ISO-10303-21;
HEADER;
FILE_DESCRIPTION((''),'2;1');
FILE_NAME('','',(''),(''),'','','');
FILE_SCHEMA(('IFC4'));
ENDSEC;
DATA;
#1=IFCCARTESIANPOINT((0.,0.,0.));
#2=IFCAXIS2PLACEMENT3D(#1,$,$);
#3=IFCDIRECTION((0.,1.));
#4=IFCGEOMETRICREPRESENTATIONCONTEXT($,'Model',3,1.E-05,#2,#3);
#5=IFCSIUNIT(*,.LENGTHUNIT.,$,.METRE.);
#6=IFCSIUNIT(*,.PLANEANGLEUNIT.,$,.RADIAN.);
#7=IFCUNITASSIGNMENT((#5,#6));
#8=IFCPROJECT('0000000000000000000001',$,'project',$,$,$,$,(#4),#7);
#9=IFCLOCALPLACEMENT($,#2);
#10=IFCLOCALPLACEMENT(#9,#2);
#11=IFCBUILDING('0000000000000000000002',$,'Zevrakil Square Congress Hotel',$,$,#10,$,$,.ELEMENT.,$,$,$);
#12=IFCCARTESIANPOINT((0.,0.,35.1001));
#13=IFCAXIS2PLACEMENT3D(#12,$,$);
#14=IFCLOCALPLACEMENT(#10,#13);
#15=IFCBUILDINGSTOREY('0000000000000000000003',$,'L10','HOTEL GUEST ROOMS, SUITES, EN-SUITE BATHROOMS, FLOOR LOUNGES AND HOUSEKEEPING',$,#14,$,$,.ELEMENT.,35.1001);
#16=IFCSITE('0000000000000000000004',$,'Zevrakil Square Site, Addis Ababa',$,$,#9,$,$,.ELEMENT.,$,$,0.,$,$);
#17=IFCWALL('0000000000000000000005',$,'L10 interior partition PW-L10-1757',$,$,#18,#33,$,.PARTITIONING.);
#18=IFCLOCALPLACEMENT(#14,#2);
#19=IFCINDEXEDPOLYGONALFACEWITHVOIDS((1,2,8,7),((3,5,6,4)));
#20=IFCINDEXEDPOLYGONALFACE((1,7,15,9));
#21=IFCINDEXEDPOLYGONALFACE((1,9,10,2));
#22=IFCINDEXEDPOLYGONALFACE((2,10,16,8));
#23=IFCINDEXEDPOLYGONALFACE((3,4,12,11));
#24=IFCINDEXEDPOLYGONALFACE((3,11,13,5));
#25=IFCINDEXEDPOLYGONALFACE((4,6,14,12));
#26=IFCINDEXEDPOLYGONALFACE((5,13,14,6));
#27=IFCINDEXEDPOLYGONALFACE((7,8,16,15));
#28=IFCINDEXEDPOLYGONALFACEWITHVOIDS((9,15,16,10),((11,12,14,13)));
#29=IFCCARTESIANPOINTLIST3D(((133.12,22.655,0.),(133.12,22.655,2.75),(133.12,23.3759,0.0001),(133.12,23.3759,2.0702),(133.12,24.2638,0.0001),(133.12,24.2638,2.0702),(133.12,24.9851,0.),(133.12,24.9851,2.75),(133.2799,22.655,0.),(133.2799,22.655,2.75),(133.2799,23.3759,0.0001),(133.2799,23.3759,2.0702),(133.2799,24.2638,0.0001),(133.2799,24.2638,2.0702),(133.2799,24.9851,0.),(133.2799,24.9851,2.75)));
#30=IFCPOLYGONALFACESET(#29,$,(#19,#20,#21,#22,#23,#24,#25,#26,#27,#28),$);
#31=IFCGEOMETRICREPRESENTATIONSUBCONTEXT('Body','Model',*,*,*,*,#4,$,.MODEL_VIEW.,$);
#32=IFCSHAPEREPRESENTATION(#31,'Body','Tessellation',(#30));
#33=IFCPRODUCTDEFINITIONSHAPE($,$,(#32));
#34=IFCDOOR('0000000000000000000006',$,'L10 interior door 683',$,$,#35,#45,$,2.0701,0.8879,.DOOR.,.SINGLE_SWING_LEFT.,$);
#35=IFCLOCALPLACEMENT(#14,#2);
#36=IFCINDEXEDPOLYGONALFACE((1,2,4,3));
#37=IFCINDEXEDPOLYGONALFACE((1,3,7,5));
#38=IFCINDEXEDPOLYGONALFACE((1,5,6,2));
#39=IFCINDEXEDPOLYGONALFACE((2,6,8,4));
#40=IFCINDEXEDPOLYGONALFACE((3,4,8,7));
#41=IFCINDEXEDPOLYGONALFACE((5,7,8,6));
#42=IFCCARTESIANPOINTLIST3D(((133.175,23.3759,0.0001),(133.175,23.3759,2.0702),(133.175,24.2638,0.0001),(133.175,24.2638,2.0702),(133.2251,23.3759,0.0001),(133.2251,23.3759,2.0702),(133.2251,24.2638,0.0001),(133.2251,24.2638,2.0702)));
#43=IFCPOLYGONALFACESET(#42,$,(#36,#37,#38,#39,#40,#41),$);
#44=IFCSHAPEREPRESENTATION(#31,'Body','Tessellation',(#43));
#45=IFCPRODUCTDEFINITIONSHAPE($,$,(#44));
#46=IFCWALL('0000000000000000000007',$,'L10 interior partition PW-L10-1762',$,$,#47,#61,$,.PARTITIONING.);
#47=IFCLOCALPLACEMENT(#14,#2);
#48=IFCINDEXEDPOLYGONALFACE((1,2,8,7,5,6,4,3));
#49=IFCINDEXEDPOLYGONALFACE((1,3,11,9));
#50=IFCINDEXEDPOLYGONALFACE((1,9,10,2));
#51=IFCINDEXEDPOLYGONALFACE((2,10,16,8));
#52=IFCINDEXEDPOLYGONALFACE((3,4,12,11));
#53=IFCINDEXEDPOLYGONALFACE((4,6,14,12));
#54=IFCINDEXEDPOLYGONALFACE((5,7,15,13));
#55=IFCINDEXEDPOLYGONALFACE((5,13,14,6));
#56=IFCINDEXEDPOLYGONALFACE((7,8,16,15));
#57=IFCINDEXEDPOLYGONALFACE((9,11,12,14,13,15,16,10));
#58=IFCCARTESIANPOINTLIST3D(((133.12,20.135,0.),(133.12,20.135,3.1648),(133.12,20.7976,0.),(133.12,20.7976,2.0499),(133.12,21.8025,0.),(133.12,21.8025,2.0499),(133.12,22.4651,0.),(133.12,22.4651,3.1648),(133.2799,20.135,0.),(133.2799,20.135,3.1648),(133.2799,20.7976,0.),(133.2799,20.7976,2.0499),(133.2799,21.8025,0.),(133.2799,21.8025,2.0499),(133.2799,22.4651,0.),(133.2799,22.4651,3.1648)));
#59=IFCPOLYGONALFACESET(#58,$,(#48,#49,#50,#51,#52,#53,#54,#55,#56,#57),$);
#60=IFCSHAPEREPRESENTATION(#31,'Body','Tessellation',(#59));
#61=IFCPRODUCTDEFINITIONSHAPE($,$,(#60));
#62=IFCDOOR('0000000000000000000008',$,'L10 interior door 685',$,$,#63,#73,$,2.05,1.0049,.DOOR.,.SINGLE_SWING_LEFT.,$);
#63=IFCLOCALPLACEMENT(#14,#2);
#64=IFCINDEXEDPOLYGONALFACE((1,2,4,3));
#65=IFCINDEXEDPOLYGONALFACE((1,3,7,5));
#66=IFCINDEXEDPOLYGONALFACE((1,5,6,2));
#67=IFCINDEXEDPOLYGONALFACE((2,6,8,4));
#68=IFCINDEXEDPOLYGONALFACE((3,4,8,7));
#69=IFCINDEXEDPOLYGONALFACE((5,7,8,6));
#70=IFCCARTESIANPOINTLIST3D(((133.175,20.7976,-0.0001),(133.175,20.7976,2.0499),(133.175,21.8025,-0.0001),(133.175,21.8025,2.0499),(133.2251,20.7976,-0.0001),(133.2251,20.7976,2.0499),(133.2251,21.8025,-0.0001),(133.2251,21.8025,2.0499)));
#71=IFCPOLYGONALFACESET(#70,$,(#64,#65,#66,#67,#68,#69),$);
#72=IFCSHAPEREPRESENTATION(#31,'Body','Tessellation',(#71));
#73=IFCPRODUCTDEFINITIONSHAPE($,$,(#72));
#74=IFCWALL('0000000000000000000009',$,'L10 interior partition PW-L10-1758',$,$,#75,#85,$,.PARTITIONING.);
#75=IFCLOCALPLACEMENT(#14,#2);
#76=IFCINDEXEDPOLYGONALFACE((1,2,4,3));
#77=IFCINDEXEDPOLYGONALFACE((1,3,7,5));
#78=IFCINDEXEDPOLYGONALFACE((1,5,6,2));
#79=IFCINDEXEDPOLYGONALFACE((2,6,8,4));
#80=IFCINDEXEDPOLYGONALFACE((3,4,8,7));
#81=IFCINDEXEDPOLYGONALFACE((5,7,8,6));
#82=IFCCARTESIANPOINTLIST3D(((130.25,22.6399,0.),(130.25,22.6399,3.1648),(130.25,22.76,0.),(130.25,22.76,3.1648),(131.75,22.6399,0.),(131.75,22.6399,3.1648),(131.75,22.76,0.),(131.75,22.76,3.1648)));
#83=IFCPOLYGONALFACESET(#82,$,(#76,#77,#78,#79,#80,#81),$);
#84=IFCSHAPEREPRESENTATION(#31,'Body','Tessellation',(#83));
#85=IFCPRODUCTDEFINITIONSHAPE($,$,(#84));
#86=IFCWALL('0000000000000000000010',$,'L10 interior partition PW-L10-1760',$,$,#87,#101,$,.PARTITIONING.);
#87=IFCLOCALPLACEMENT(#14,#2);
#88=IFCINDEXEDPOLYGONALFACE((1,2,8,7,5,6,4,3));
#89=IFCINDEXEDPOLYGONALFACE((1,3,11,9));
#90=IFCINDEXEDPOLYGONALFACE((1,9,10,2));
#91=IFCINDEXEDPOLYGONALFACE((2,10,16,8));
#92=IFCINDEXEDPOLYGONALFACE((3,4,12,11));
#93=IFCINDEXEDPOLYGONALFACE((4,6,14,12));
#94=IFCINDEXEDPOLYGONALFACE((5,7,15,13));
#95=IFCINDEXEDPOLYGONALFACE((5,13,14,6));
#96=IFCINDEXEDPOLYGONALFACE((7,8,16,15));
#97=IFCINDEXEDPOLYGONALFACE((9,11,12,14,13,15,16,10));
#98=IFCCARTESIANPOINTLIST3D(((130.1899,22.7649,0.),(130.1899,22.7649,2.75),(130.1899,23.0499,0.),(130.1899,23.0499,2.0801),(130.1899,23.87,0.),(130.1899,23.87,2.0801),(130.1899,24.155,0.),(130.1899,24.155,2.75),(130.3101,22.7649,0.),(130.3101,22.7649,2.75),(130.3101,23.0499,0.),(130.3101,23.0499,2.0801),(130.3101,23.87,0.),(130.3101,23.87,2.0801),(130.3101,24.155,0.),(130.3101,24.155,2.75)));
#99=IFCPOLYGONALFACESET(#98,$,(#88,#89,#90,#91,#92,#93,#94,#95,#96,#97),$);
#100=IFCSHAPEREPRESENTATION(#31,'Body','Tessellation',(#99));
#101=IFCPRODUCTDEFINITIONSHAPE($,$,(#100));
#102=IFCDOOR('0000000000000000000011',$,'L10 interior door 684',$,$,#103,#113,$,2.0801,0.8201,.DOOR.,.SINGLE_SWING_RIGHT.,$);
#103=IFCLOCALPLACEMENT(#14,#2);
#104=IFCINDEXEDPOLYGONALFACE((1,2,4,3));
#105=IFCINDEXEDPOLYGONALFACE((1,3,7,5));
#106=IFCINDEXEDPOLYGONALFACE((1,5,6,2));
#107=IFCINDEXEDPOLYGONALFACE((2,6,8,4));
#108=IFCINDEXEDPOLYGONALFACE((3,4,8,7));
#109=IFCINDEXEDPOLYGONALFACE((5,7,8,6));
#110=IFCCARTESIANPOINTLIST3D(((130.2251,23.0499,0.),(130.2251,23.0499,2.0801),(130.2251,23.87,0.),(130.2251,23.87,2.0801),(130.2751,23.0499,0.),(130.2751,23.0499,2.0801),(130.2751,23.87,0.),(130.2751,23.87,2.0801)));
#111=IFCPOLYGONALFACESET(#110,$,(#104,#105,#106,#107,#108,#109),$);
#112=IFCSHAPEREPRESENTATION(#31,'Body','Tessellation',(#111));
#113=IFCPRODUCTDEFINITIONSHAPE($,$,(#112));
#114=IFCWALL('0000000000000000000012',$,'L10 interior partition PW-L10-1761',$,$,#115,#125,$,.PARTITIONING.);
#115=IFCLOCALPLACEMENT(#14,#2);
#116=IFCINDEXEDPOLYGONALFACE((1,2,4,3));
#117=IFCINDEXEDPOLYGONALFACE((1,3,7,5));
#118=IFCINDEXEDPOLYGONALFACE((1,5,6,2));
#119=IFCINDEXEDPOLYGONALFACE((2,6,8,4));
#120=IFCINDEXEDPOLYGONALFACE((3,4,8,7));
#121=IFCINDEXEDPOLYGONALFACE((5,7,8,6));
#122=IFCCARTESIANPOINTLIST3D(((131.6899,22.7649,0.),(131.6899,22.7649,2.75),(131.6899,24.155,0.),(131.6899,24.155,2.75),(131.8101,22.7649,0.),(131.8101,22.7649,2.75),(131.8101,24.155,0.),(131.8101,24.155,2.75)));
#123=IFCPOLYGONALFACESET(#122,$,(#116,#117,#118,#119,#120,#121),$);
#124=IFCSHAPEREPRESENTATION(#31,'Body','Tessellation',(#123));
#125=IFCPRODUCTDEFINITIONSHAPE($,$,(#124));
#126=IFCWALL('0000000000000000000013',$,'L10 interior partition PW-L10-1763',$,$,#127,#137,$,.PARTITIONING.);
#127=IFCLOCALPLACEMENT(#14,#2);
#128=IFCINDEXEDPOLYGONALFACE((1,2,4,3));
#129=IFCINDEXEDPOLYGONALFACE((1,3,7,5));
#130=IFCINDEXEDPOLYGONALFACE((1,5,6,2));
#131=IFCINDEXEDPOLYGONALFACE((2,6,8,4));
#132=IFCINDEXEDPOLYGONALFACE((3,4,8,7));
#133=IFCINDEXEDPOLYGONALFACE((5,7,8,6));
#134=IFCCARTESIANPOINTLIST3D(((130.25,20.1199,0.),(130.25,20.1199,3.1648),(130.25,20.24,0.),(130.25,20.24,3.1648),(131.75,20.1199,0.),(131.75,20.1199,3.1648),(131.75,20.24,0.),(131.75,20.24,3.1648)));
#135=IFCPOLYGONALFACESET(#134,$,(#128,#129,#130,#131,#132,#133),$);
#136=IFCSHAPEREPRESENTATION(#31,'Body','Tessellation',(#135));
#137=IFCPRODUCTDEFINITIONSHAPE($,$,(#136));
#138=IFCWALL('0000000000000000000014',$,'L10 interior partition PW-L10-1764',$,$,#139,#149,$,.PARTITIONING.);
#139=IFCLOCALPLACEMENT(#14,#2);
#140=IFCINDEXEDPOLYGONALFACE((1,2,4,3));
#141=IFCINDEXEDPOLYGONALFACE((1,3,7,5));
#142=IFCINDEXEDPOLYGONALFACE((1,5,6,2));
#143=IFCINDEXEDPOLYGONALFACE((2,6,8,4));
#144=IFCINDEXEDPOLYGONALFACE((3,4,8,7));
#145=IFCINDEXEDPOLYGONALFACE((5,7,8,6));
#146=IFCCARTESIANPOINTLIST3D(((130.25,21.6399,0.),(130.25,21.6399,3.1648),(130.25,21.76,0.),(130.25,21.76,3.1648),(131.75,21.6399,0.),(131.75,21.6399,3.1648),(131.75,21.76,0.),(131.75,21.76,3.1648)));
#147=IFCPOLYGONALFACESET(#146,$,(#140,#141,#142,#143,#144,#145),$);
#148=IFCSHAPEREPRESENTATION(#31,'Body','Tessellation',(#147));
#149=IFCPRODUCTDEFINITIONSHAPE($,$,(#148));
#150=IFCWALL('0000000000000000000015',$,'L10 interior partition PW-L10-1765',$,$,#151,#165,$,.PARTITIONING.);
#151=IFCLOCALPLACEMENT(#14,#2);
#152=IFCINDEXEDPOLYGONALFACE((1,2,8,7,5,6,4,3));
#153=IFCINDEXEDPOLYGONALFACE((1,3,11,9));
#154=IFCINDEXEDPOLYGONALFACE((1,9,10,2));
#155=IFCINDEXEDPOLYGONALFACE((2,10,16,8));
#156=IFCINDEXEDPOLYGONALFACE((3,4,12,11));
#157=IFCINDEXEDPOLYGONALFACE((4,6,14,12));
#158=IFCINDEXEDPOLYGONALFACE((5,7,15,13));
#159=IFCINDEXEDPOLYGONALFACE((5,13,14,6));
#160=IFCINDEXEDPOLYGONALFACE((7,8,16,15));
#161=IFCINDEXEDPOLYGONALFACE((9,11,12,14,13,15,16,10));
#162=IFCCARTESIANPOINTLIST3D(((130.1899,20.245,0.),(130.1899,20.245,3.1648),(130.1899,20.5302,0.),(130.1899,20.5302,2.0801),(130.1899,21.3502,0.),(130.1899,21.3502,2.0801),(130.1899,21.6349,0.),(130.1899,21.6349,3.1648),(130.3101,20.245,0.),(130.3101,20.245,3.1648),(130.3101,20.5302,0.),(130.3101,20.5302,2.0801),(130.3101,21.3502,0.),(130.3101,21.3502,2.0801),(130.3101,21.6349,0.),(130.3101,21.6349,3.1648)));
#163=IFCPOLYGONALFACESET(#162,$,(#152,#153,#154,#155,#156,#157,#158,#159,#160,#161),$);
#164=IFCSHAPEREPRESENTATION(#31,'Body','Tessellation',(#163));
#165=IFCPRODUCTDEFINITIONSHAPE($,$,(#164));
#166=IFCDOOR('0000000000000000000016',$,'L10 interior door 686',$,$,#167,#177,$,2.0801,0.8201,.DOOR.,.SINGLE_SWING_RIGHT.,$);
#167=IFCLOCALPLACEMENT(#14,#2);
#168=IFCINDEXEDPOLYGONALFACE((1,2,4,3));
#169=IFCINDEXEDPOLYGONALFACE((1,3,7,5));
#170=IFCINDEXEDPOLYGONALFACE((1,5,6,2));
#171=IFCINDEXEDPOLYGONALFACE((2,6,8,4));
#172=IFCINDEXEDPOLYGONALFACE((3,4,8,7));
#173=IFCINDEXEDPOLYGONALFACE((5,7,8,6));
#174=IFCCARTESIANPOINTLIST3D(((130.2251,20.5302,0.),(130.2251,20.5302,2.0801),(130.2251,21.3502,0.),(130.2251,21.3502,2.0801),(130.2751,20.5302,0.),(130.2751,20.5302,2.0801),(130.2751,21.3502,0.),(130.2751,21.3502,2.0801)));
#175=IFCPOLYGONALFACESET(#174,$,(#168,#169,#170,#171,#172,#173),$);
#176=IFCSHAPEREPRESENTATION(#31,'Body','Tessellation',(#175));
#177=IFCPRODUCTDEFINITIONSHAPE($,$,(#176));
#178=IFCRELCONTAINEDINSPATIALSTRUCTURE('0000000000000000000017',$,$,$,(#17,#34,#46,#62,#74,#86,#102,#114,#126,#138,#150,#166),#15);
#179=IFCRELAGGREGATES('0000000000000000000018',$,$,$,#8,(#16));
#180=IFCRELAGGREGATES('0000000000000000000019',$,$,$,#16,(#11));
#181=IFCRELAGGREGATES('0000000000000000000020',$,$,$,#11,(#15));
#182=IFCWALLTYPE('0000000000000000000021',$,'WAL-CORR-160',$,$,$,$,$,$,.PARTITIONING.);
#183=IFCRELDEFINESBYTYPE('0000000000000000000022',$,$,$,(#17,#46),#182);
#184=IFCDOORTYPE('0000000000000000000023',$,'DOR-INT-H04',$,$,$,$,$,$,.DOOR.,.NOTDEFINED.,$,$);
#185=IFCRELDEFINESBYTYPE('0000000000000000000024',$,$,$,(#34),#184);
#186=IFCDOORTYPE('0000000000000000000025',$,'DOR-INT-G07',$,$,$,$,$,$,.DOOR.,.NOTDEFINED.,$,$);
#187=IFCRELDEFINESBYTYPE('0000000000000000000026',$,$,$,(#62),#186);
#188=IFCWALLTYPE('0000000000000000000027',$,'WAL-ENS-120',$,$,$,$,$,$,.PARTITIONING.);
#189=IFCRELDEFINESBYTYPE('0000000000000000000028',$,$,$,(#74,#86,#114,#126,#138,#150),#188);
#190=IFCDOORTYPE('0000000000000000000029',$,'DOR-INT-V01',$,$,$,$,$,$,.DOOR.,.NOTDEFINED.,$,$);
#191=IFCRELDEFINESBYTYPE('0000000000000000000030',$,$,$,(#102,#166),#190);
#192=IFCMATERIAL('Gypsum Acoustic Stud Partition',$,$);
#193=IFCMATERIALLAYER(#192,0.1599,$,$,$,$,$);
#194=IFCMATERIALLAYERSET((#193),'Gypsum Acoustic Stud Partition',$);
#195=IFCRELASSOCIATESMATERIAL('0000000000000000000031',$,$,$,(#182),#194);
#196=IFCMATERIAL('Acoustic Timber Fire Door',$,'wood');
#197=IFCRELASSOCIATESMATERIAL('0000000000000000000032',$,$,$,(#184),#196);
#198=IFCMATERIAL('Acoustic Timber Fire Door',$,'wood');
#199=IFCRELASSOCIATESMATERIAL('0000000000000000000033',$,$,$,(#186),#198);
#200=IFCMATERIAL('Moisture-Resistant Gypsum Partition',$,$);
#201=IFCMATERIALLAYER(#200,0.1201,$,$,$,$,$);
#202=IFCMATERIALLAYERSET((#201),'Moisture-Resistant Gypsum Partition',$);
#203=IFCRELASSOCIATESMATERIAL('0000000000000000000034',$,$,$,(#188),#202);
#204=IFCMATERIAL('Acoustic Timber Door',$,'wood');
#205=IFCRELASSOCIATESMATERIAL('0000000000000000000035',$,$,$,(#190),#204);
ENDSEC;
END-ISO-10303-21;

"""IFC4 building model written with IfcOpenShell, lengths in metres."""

from ifc_helpers import new_model, si_unit, direction, frame, frame_2d, origin, place, context, subcontext, project, spatial, rectangle, extrude, material, layer, layer_set, type_object, element, fill, save


model = new_model("IFC4")

# Units and contexts
model_context = context("Model", 3, precision=1e-05, world=origin(), true_north=direction((0.0, 1.0)))
body_context = subcontext(model_context, "Body", "Model", "MODEL_VIEW")
ifc_project = project(units=[si_unit("LENGTHUNIT", "METRE"), si_unit("PLANEANGLEUNIT", "RADIAN")], contexts=[model_context])

# Site, building, storey
site_placement = place(None, origin())
site = spatial("IfcSite", under=ifc_project, at=site_placement, Name="Zevrakil Square Site, Addis Ababa", CompositionType="ELEMENT", RefElevation=0.0)
building_placement = place(site_placement, origin())
building = spatial("IfcBuilding", under=site, at=building_placement, Name="Zevrakil Square Congress Hotel", CompositionType="ELEMENT")
storey_placement = place(building_placement, frame((0.0, 0.0, 35.1001)))
storey = spatial("IfcBuildingStorey", under=building, at=storey_placement, Name="L10", Description="HOTEL GUEST ROOMS, SUITES, EN-SUITE BATHROOMS, FLOOR LOUNGES AND HOUSEKEEPING", CompositionType="ELEMENT", Elevation=35.1001)

# Walls, openings, doors
ifc_material_1 = material(Name="Gypsum Acoustic Stud Partition")
ifc_layer_1 = layer(ifc_material_1, 0.1599)
ifc_layer_set_1 = layer_set([ifc_layer_1], Name="Gypsum Acoustic Stud Partition")
wall_type_1 = type_object("IfcWallType", Name="WAL-CORR-160", PredefinedType="PARTITIONING", material=ifc_layer_set_1)
wall_1_placement = place(storey_placement, frame((133.2, 22.655, 0.0), z_axis=(0.0, 0.0, 1.0), x_axis=(0.0, 1.0, 0.0)))
wall_1 = element("IfcWall", 1, at=wall_1_placement, inside=storey, type_object=wall_type_1, Name="L10 interior partition PW-L10-1757", PredefinedType="PARTITIONING", context=body_context, shape_type="SweptSolid", body=[
    extrude(rectangle(XDim=2.3301, YDim=0.1599, at=frame_2d((1.165, 0.0))), origin(), (0.0, 0.0, 1.0), 2.75),
])
opening_1_placement = place(wall_1_placement, frame((0.7209, 0.0, 0.0)))
opening_1 = element("IfcOpeningElement", 2, at=opening_1_placement, cuts=wall_1, PredefinedType="OPENING", context=body_context, shape_type="SweptSolid", body=[
    extrude(rectangle(XDim=0.8879, YDim=2.0701, at=frame_2d((0.4438, 1.0352))), frame((0.0, 0.0898, 0.0), z_axis=(0.0, -1.0, 0.0), x_axis=(1.0, 0.0, 0.0)), (0.0, 0.0, 1.0), 0.1799),
])
ifc_material_2 = material(Name="Acoustic Timber Fire Door", Category="wood")
door_type_1 = type_object("IfcDoorType", Name="DOR-INT-H04", OperationType="NOTDEFINED", PredefinedType="DOOR", material=ifc_material_2)
door_1_placement = place(opening_1_placement, origin())
door_1 = element("IfcDoor", 3, at=door_1_placement, inside=storey, type_object=door_type_1, Name="L10 interior door 683", OperationType="SINGLE_SWING_LEFT", OverallHeight=2.0701, OverallWidth=0.8879, PredefinedType="DOOR", context=body_context, shape_type="SweptSolid", body=[
    extrude(rectangle(XDim=0.8879, YDim=2.0701, at=frame_2d((0.4438, 1.0352))), frame((0.0, 0.0249, 0.0), z_axis=(0.0, -1.0, 0.0), x_axis=(1.0, 0.0, 0.0)), (0.0, 0.0, 1.0), 0.05),
])
fill(opening_1, door_1)
wall_2_placement = place(storey_placement, frame((133.2, 20.135, 0.0), z_axis=(0.0, 0.0, 1.0), x_axis=(0.0, 1.0, 0.0)))
wall_2 = element("IfcWall", 4, at=wall_2_placement, inside=storey, type_object=wall_type_1, Name="L10 interior partition PW-L10-1762", PredefinedType="PARTITIONING", context=body_context, shape_type="SweptSolid", body=[
    extrude(rectangle(XDim=2.3301, YDim=0.1599, at=frame_2d((1.165, 0.0))), origin(), (0.0, 0.0, 1.0), 3.1648),
])
opening_2_placement = place(wall_2_placement, frame((0.6626, 0.0, 0.0)))
opening_2 = element("IfcOpeningElement", 5, at=opening_2_placement, cuts=wall_2, PredefinedType="OPENING", context=body_context, shape_type="SweptSolid", body=[
    extrude(rectangle(XDim=1.0049, YDim=2.05, at=frame_2d((0.5024, 1.0249))), frame((0.0, 0.0898, 0.0), z_axis=(0.0, -1.0, 0.0), x_axis=(1.0, 0.0, 0.0)), (0.0, 0.0, 1.0), 0.1799),
])
ifc_material_3 = material(Name="Acoustic Timber Fire Door", Category="wood")
door_type_2 = type_object("IfcDoorType", Name="DOR-INT-G07", OperationType="NOTDEFINED", PredefinedType="DOOR", material=ifc_material_3)
door_2_placement = place(opening_2_placement, origin())
door_2 = element("IfcDoor", 6, at=door_2_placement, inside=storey, type_object=door_type_2, Name="L10 interior door 685", OperationType="SINGLE_SWING_LEFT", OverallHeight=2.05, OverallWidth=1.0049, PredefinedType="DOOR", context=body_context, shape_type="SweptSolid", body=[
    extrude(rectangle(XDim=1.0049, YDim=2.05, at=frame_2d((0.5024, 1.0249))), frame((0.0, 0.0249, 0.0), z_axis=(0.0, -1.0, 0.0), x_axis=(1.0, 0.0, 0.0)), (0.0, 0.0, 1.0), 0.05),
])
fill(opening_2, door_2)

# Wall
ifc_material_4 = material(Name="Moisture-Resistant Gypsum Partition")
ifc_layer_2 = layer(ifc_material_4, 0.1201)
ifc_layer_set_2 = layer_set([ifc_layer_2], Name="Moisture-Resistant Gypsum Partition")
wall_type_2 = type_object("IfcWallType", Name="WAL-ENS-120", PredefinedType="PARTITIONING", material=ifc_layer_set_2)
wall_3_placement = place(storey_placement, frame((130.25, 22.7, 0.0), z_axis=(0.0, 0.0, 1.0), x_axis=(1.0, 0.0, 0.0)))
element("IfcWall", 7, at=wall_3_placement, inside=storey, type_object=wall_type_2, Name="L10 interior partition PW-L10-1758", PredefinedType="PARTITIONING", context=body_context, shape_type="SweptSolid", body=[
    extrude(rectangle(XDim=1.5, YDim=0.1201, at=frame_2d((0.75, 0.0))), origin(), (0.0, 0.0, 1.0), 3.1648),
])

# Wall, opening, door
wall_4_placement = place(storey_placement, frame((130.25, 22.7649, 0.0), z_axis=(0.0, 0.0, 1.0), x_axis=(0.0, 1.0, 0.0)))
wall_4 = element("IfcWall", 8, at=wall_4_placement, inside=storey, type_object=wall_type_2, Name="L10 interior partition PW-L10-1760", PredefinedType="PARTITIONING", context=body_context, shape_type="SweptSolid", body=[
    extrude(rectangle(XDim=1.3901, YDim=0.1201, at=frame_2d((0.6951, 0.0))), origin(), (0.0, 0.0, 1.0), 2.75),
])
opening_3_placement = place(wall_4_placement, frame((0.2849, 0.0, 0.0)))
opening_3 = element("IfcOpeningElement", 9, at=opening_3_placement, cuts=wall_4, PredefinedType="OPENING", context=body_context, shape_type="SweptSolid", body=[
    extrude(rectangle(XDim=0.8201, YDim=2.0801, at=frame_2d((0.4102, 1.04))), frame((0.0, 0.0701, 0.0), z_axis=(0.0, -1.0, 0.0), x_axis=(1.0, 0.0, 0.0)), (0.0, 0.0, 1.0), 0.1401),
])
ifc_material_5 = material(Name="Acoustic Timber Door", Category="wood")
door_type_3 = type_object("IfcDoorType", Name="DOR-INT-V01", OperationType="NOTDEFINED", PredefinedType="DOOR", material=ifc_material_5)
door_3_placement = place(opening_3_placement, origin())
door_3 = element("IfcDoor", 10, at=door_3_placement, inside=storey, type_object=door_type_3, Name="L10 interior door 684", OperationType="SINGLE_SWING_RIGHT", OverallHeight=2.0801, OverallWidth=0.8201, PredefinedType="DOOR", context=body_context, shape_type="SweptSolid", body=[
    extrude(rectangle(XDim=0.8201, YDim=2.0801, at=frame_2d((0.4102, 1.04))), frame((0.0, 0.0249, 0.0), z_axis=(0.0, -1.0, 0.0), x_axis=(1.0, 0.0, 0.0)), (0.0, 0.0, 1.0), 0.05),
])
fill(opening_3, door_3)

# Walls
wall_5_placement = place(storey_placement, frame((131.75, 22.7649, 0.0), z_axis=(0.0, 0.0, 1.0), x_axis=(0.0, 1.0, 0.0)))
element("IfcWall", 11, at=wall_5_placement, inside=storey, type_object=wall_type_2, Name="L10 interior partition PW-L10-1761", PredefinedType="PARTITIONING", context=body_context, shape_type="SweptSolid", body=[
    extrude(rectangle(XDim=1.3901, YDim=0.1201, at=frame_2d((0.6951, 0.0))), origin(), (0.0, 0.0, 1.0), 2.75),
])
for number, where, z_axis, x_axis, name in (
    (12, (130.25, 20.1799, 0.0), (0.0, 0.0, 1.0), (1.0, 0.0, 0.0), "L10 interior partition PW-L10-1763"),
    (13, (130.25, 21.7, 0.0), (0.0, 0.0, 1.0), (1.0, 0.0, 0.0), "L10 interior partition PW-L10-1764"),
):
    element("IfcWall", number, at=place(storey_placement, frame(where, z_axis=z_axis, x_axis=x_axis)), inside=storey, type_object=wall_type_2, Name=name, PredefinedType="PARTITIONING", context=body_context, shape_type="SweptSolid", body=[
        extrude(rectangle(XDim=1.5, YDim=0.1201, at=frame_2d((0.75, 0.0))), origin(), (0.0, 0.0, 1.0), 3.1648),
    ])

# Wall, opening, door
wall_6_placement = place(storey_placement, frame((130.25, 20.2451, 0.0), z_axis=(0.0, 0.0, 1.0), x_axis=(0.0, 1.0, 0.0)))
wall_6 = element("IfcWall", 14, at=wall_6_placement, inside=storey, type_object=wall_type_2, Name="L10 interior partition PW-L10-1765", PredefinedType="PARTITIONING", context=body_context, shape_type="SweptSolid", body=[
    extrude(rectangle(XDim=1.3899, YDim=0.1201, at=frame_2d((0.6948, 0.0))), origin(), (0.0, 0.0, 1.0), 3.1648),
])
opening_4_placement = place(wall_6_placement, frame((0.2849, 0.0, 0.0)))
opening_4 = element("IfcOpeningElement", 15, at=opening_4_placement, cuts=wall_6, PredefinedType="OPENING", context=body_context, shape_type="SweptSolid", body=[
    extrude(rectangle(XDim=0.8201, YDim=2.0801, at=frame_2d((0.4102, 1.04))), frame((0.0, 0.0701, 0.0), z_axis=(0.0, -1.0, 0.0), x_axis=(1.0, 0.0, 0.0)), (0.0, 0.0, 1.0), 0.1401),
])
door_4_placement = place(opening_4_placement, origin())
door_4 = element("IfcDoor", 16, at=door_4_placement, inside=storey, type_object=door_type_3, Name="L10 interior door 686", OperationType="SINGLE_SWING_RIGHT", OverallHeight=2.0801, OverallWidth=0.8201, PredefinedType="DOOR", context=body_context, shape_type="SweptSolid", body=[
    extrude(rectangle(XDim=0.8201, YDim=2.0801, at=frame_2d((0.4102, 1.04))), frame((0.0, 0.0249, 0.0), z_axis=(0.0, -1.0, 0.0), x_axis=(1.0, 0.0, 0.0)), (0.0, 0.0, 1.0), 0.05),
])
fill(opening_4, door_4)

save(model, "model.ifc")
